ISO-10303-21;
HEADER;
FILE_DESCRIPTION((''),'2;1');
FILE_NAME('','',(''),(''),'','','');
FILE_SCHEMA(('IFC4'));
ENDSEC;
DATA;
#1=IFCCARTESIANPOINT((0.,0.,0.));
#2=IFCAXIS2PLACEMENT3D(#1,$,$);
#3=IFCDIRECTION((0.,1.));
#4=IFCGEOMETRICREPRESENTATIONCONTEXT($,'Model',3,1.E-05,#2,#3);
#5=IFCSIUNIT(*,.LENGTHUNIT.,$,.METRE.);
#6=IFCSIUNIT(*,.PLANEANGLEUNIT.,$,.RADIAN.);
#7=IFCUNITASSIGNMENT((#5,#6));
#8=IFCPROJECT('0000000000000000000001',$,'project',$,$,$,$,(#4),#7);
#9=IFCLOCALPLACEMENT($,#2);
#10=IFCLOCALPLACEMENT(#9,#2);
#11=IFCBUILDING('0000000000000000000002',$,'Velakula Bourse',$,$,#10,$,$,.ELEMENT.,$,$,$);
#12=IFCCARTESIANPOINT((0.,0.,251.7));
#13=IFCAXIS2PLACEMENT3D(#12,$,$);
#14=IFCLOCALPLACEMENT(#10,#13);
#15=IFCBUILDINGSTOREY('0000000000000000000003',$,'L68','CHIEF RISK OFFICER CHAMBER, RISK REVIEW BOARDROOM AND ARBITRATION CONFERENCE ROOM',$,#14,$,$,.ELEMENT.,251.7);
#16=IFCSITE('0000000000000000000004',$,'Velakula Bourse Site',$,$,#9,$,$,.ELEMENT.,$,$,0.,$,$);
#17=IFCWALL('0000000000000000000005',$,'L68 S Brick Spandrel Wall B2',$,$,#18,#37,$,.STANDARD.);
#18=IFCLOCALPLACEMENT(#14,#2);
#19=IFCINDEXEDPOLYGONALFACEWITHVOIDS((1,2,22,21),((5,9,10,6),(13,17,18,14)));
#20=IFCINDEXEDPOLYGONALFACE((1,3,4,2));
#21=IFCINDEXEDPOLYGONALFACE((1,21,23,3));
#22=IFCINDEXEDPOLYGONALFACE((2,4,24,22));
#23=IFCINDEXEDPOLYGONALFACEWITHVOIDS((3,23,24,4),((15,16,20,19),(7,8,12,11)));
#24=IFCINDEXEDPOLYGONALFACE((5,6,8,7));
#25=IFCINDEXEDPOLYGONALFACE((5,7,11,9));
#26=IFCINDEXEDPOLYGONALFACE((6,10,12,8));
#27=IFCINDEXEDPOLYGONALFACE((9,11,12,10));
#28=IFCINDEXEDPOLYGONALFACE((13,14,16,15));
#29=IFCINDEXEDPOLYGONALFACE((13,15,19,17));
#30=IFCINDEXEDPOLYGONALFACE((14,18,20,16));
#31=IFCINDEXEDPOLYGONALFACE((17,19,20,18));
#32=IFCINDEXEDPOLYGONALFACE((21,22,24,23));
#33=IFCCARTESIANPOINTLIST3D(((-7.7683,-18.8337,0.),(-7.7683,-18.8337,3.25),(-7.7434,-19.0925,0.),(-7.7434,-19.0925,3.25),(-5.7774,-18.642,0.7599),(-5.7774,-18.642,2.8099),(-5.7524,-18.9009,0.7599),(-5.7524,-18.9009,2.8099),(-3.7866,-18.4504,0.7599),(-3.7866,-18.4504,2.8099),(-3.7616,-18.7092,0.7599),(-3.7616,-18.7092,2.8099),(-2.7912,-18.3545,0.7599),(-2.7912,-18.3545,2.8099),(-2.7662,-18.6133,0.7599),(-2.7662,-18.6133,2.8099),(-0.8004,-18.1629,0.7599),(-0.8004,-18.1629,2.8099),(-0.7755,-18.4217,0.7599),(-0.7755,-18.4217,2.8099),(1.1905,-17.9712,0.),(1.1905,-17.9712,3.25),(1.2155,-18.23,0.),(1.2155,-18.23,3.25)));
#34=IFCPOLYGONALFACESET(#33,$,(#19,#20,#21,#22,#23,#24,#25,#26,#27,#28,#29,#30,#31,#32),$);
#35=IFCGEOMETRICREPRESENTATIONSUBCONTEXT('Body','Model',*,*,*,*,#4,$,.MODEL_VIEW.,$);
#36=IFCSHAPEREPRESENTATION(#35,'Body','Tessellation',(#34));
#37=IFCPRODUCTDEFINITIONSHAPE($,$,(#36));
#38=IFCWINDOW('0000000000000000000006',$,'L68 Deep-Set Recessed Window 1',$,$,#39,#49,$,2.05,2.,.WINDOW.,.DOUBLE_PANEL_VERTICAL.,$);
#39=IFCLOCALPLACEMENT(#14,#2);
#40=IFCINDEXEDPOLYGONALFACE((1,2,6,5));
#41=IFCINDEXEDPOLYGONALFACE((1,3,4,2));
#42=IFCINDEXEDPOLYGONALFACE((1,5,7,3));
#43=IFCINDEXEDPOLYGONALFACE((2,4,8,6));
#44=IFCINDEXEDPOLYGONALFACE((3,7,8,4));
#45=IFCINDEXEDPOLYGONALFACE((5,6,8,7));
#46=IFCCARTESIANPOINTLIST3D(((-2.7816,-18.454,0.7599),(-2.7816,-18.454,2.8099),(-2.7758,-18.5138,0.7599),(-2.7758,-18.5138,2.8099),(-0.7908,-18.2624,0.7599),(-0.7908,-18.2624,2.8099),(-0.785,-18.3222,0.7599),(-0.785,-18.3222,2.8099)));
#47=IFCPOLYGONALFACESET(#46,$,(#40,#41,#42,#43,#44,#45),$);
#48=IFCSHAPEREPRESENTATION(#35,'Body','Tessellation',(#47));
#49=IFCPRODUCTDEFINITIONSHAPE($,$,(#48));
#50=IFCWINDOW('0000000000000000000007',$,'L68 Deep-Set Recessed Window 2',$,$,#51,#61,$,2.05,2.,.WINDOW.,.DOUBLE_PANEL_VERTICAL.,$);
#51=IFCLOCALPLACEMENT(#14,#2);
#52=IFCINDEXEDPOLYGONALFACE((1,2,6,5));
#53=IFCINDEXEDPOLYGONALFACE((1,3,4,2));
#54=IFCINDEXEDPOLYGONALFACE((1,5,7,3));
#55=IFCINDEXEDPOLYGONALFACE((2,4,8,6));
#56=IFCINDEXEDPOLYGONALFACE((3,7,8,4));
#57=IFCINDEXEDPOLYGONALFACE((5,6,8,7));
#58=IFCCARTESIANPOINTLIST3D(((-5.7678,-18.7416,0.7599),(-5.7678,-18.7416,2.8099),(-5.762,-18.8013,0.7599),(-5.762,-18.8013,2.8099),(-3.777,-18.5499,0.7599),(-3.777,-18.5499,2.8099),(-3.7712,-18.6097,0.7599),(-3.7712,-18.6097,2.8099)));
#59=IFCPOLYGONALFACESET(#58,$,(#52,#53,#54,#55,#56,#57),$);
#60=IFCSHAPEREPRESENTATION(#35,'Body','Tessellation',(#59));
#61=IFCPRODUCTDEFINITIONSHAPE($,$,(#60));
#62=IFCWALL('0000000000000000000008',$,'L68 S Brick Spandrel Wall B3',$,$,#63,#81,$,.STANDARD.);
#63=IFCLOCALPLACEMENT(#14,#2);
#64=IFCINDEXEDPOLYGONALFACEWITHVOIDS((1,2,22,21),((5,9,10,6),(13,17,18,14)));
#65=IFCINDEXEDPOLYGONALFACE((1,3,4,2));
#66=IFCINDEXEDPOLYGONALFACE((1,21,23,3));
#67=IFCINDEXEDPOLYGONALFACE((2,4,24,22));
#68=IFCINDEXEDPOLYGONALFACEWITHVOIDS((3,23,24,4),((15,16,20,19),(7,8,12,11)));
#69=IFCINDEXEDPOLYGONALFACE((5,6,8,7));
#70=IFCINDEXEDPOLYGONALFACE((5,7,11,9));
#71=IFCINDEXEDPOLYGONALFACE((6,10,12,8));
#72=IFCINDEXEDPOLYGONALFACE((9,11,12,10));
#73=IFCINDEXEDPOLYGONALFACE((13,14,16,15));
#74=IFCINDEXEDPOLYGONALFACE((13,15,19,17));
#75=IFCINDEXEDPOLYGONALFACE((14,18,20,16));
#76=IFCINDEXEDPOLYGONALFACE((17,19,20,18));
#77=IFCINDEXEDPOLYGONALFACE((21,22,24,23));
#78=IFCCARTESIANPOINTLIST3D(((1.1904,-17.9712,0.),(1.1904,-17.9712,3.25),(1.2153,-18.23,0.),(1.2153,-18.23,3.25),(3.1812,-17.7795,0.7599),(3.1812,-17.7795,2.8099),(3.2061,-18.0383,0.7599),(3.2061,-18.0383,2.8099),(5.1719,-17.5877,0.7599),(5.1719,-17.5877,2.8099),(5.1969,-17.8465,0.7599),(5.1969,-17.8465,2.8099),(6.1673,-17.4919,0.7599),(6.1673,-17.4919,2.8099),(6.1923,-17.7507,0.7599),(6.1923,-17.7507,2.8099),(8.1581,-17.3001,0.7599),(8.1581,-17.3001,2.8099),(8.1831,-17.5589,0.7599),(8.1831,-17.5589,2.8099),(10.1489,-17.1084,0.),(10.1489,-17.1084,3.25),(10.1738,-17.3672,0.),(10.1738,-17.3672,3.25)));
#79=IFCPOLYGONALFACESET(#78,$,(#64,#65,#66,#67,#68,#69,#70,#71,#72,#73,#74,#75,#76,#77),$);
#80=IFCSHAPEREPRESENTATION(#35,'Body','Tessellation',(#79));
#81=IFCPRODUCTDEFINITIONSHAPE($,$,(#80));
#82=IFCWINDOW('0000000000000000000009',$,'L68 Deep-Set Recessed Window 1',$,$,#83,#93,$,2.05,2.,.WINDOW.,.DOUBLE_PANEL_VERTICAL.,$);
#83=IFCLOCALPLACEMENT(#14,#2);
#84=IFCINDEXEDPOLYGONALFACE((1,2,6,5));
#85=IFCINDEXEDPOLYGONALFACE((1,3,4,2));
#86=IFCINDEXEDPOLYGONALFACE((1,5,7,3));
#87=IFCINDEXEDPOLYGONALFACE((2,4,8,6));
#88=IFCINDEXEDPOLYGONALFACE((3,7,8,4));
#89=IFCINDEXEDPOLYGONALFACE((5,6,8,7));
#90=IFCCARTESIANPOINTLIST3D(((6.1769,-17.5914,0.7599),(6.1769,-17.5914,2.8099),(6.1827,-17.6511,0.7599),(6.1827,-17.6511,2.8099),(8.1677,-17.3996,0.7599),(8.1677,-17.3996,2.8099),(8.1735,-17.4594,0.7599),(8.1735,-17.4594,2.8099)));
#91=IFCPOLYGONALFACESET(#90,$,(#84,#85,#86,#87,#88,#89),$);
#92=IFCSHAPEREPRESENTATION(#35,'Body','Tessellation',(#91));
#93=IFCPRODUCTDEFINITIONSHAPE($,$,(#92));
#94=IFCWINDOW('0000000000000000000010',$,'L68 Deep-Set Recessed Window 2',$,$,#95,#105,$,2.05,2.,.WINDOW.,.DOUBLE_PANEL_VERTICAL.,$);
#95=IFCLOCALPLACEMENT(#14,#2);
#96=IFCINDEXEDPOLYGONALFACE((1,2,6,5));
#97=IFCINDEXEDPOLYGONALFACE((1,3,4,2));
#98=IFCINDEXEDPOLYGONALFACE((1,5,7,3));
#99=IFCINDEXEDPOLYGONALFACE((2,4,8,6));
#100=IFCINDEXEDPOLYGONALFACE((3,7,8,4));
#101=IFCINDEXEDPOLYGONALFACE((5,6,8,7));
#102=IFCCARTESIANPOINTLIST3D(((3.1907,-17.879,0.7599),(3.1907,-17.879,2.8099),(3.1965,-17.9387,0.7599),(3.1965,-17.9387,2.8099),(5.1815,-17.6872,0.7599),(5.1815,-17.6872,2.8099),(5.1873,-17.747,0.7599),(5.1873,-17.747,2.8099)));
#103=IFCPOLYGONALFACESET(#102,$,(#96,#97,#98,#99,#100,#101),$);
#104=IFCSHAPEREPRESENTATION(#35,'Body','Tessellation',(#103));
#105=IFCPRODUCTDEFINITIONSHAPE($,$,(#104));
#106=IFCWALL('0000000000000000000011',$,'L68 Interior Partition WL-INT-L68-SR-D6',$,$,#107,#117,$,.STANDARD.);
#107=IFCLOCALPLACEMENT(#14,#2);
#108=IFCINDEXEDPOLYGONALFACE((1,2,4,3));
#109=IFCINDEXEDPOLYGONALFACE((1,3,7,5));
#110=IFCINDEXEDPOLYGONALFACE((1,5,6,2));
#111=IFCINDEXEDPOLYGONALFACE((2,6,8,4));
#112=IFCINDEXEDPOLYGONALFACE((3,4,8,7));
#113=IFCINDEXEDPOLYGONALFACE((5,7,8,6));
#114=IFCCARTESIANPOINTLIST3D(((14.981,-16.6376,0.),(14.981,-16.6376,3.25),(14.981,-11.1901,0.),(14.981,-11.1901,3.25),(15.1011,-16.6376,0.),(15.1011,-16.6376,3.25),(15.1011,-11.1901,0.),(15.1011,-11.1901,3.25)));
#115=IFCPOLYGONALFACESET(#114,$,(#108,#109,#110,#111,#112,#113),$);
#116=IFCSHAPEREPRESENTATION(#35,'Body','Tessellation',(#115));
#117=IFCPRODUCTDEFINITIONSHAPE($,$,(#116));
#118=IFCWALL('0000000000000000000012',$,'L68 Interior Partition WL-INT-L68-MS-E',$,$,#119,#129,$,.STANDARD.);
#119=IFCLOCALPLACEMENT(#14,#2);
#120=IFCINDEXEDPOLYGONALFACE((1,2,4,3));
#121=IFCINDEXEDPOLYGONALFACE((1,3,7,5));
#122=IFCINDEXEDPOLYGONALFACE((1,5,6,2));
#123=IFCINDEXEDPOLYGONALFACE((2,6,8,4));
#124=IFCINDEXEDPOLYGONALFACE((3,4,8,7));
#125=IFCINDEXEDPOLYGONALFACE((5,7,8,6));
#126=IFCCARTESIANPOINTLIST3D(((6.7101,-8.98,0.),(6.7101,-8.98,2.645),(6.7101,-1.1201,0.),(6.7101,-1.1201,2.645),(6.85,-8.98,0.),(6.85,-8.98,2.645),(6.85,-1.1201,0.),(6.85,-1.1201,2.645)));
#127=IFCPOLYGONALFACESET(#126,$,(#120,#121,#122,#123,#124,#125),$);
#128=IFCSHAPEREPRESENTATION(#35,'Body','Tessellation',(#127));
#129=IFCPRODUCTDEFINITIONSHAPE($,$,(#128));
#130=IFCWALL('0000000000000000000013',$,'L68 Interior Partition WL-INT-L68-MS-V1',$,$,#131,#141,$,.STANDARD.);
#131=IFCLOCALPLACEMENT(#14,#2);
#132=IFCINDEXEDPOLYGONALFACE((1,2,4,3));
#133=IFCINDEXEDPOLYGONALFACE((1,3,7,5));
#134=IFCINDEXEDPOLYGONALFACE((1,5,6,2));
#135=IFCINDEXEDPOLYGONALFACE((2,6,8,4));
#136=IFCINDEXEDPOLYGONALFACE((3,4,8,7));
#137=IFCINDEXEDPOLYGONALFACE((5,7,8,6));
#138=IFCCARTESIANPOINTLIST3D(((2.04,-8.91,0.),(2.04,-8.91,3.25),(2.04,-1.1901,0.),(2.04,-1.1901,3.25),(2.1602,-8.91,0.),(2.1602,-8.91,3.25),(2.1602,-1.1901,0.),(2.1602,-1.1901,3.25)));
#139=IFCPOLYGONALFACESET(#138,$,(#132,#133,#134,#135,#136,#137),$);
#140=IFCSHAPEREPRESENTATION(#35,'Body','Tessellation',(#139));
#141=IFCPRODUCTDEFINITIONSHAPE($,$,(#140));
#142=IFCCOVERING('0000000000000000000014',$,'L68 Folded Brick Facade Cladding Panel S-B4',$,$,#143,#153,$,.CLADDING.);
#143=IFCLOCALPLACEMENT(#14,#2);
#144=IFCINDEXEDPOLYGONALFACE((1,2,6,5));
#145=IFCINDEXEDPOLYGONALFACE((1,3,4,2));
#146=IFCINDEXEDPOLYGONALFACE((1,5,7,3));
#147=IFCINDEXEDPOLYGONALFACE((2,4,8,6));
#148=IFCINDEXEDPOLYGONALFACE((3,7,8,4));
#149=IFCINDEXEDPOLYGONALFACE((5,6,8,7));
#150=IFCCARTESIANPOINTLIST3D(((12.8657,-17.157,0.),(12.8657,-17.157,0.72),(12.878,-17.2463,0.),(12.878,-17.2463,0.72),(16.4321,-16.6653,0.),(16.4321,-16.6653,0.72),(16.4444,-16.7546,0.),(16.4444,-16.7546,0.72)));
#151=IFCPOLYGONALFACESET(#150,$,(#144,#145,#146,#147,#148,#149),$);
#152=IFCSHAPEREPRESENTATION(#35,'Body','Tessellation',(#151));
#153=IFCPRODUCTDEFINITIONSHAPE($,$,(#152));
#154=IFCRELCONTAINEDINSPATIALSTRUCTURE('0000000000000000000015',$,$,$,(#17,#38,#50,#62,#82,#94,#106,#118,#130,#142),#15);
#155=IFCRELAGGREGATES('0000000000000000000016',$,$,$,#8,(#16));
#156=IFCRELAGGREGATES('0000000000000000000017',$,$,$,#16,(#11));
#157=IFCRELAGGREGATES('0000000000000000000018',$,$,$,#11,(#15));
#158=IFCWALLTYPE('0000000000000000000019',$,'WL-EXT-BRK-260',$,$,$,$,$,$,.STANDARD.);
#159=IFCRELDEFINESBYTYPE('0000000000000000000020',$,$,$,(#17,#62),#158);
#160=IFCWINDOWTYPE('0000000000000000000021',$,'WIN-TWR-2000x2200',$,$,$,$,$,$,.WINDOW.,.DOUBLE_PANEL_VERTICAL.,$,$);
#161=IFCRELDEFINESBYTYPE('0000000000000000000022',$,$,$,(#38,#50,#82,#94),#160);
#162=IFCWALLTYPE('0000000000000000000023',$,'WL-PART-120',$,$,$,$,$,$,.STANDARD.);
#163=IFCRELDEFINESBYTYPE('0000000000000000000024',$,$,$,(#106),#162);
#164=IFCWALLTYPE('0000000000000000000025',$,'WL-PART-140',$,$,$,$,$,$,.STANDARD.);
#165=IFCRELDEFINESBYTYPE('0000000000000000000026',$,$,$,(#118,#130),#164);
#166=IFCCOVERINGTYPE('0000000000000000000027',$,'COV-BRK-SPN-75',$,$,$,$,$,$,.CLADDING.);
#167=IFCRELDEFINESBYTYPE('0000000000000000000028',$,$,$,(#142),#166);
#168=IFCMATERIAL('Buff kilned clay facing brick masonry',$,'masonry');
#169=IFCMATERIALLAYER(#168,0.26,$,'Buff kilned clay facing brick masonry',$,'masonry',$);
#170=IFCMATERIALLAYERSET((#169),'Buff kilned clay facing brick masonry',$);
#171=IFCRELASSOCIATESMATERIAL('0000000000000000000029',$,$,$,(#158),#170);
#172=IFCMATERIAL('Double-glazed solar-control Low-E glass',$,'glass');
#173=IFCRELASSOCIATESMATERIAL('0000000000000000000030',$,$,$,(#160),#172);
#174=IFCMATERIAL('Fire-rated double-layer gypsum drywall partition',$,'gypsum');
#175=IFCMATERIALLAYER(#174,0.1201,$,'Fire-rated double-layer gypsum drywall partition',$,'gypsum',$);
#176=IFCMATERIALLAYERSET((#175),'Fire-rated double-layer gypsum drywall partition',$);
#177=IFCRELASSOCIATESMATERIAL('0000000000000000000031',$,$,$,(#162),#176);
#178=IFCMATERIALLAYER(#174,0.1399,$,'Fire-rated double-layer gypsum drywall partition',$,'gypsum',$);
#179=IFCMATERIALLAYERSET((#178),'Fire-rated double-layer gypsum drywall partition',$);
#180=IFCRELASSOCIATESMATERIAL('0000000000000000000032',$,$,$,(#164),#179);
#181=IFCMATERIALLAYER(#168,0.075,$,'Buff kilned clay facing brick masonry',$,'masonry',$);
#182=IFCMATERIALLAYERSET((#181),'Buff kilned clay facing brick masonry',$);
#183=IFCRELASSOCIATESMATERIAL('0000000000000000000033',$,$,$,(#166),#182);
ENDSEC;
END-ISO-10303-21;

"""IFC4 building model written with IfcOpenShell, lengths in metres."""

from ifc_helpers import new_model, si_unit, direction, frame, frame_2d, origin, origin_2d, place, context, subcontext, project, spatial, rectangle, extrude, material, layer, layer_set, type_object, element, fill, save


model = new_model("IFC4")

# Units and contexts
model_context = context("Model", 3, precision=1e-05, world=origin(), true_north=direction((0.0, 1.0)))
body_context = subcontext(model_context, "Body", "Model", "MODEL_VIEW")
ifc_project = project(units=[si_unit("LENGTHUNIT", "METRE"), si_unit("PLANEANGLEUNIT", "RADIAN")], contexts=[model_context])

# Site, building, storey
site_placement = place(None, origin())
site = spatial("IfcSite", under=ifc_project, at=site_placement, Name="Velakula Bourse Site", CompositionType="ELEMENT", RefElevation=0.0)
building_placement = place(site_placement, origin())
building = spatial("IfcBuilding", under=site, at=building_placement, Name="Velakula Bourse", CompositionType="ELEMENT")
storey_placement = place(building_placement, frame((0.0, 0.0, 251.7)))
storey = spatial("IfcBuildingStorey", under=building, at=storey_placement, Name="L68", Description="CHIEF RISK OFFICER CHAMBER, RISK REVIEW BOARDROOM AND ARBITRATION CONFERENCE ROOM", CompositionType="ELEMENT", Elevation=251.7)

# Walls, openings, windows
ifc_material_1 = material(Name="Buff kilned clay facing brick masonry", Category="masonry")
ifc_layer_1 = layer(ifc_material_1, 0.26, Name="Buff kilned clay facing brick masonry", Category="masonry")
ifc_layer_set_1 = layer_set([ifc_layer_1], Name="Buff kilned clay facing brick masonry")
wall_type_1 = type_object("IfcWallType", Name="WL-EXT-BRK-260", PredefinedType="STANDARD", material=ifc_layer_set_1)
wall_1_placement = place(storey_placement, frame((1.2029, -18.1006, 0.0), z_axis=(0.0, 0.0, 1.0), x_axis=(-0.995397, -0.095837, 0.0)))
wall_1 = element("IfcWall", 1, at=wall_1_placement, inside=storey, type_object=wall_type_1, Name="L68 S Brick Spandrel Wall B2", PredefinedType="STANDARD", context=body_context, shape_type="SweptSolid", body=[
    extrude(rectangle(XDim=9.0002, YDim=0.26, at=frame_2d((4.5, 0.0))), origin(), (0.0, 0.0, 1.0), 3.25),
])
opening_1_placement = place(wall_1_placement, frame((2.0, 0.0, 0.76)))
opening_1 = element("IfcOpeningElement", 2, at=opening_1_placement, cuts=wall_1, PredefinedType="OPENING", context=body_context, shape_type="SweptSolid", body=[
    extrude(rectangle(XDim=2.0, YDim=2.05, at=frame_2d((1.0, 1.0249))), frame((0.0, 0.1399, 0.0), z_axis=(0.0, -1.0, 0.0), x_axis=(1.0, 0.0, 0.0)), (0.0, 0.0, 1.0), 0.28),
])
opening_2_placement = place(wall_1_placement, frame((5.0, 0.0, 0.76)))
opening_2 = element("IfcOpeningElement", 3, at=opening_2_placement, cuts=wall_1, PredefinedType="OPENING", context=body_context, shape_type="SweptSolid", body=[
    extrude(rectangle(XDim=2.0, YDim=2.05, at=frame_2d((1.0, 1.0249))), frame((0.0, 0.1399, 0.0), z_axis=(0.0, -1.0, 0.0), x_axis=(1.0, 0.0, 0.0)), (0.0, 0.0, 1.0), 0.28),
])
ifc_material_2 = material(Name="Double-glazed solar-control Low-E glass", Category="glass")
window_type = type_object("IfcWindowType", Name="WIN-TWR-2000x2200", PartitioningType="DOUBLE_PANEL_VERTICAL", PredefinedType="WINDOW", material=ifc_material_2)
window_1_placement = place(opening_1_placement, origin())
window_1 = element("IfcWindow", 4, at=window_1_placement, inside=storey, type_object=window_type, Name="L68 Deep-Set Recessed Window 1", OverallHeight=2.05, OverallWidth=2.0, PartitioningType="DOUBLE_PANEL_VERTICAL", PredefinedType="WINDOW", context=body_context, shape_type="SweptSolid", body=[
    extrude(rectangle(XDim=2.0, YDim=2.05, at=frame_2d((1.0, 1.0249))), frame((0.0, 0.03, 0.0), z_axis=(0.0, -1.0, 0.0), x_axis=(1.0, 0.0, 0.0)), (0.0, 0.0, 1.0), 0.0601),
])
fill(opening_1, window_1)
window_2_placement = place(opening_2_placement, origin())
window_2 = element("IfcWindow", 5, at=window_2_placement, inside=storey, type_object=window_type, Name="L68 Deep-Set Recessed Window 2", OverallHeight=2.05, OverallWidth=2.0, PartitioningType="DOUBLE_PANEL_VERTICAL", PredefinedType="WINDOW", context=body_context, shape_type="SweptSolid", body=[
    extrude(rectangle(XDim=2.0, YDim=2.05, at=frame_2d((1.0, 1.0249))), frame((0.0, 0.03, 0.0), z_axis=(0.0, -1.0, 0.0), x_axis=(1.0, 0.0, 0.0)), (0.0, 0.0, 1.0), 0.0601),
])
fill(opening_2, window_2)
wall_2_placement = place(storey_placement, frame((10.1614, -17.2378, 0.0), z_axis=(0.0, 0.0, 1.0), x_axis=(-0.995394, -0.095866, 0.0)))
wall_2 = element("IfcWall", 6, at=wall_2_placement, inside=storey, type_object=wall_type_1, Name="L68 S Brick Spandrel Wall B3", PredefinedType="STANDARD", context=body_context, shape_type="SweptSolid", body=[
    extrude(rectangle(XDim=9.0, YDim=0.26, at=frame_2d((4.5, 0.0))), origin(), (0.0, 0.0, 1.0), 3.25),
])
opening_3_placement = place(wall_2_placement, frame((2.0, 0.0, 0.76)))
opening_3 = element("IfcOpeningElement", 7, at=opening_3_placement, cuts=wall_2, PredefinedType="OPENING", context=body_context, shape_type="SweptSolid", body=[
    extrude(rectangle(XDim=2.0, YDim=2.05, at=frame_2d((1.0, 1.0249))), frame((0.0, 0.1399, 0.0), z_axis=(0.0, -1.0, 0.0), x_axis=(1.0, 0.0, 0.0)), (0.0, 0.0, 1.0), 0.28),
])
opening_4_placement = place(wall_2_placement, frame((5.0, 0.0, 0.76)))
opening_4 = element("IfcOpeningElement", 8, at=opening_4_placement, cuts=wall_2, PredefinedType="OPENING", context=body_context, shape_type="SweptSolid", body=[
    extrude(rectangle(XDim=2.0, YDim=2.05, at=frame_2d((1.0, 1.0249))), frame((0.0, 0.1399, 0.0), z_axis=(0.0, -1.0, 0.0), x_axis=(1.0, 0.0, 0.0)), (0.0, 0.0, 1.0), 0.28),
])
window_3_placement = place(opening_3_placement, origin())
window_3 = element("IfcWindow", 9, at=window_3_placement, inside=storey, type_object=window_type, Name="L68 Deep-Set Recessed Window 1", OverallHeight=2.05, OverallWidth=2.0, PartitioningType="DOUBLE_PANEL_VERTICAL", PredefinedType="WINDOW", context=body_context, shape_type="SweptSolid", body=[
    extrude(rectangle(XDim=2.0, YDim=2.05, at=frame_2d((1.0, 1.0249))), frame((0.0, 0.03, 0.0), z_axis=(0.0, -1.0, 0.0), x_axis=(1.0, 0.0, 0.0)), (0.0, 0.0, 1.0), 0.0601),
])
fill(opening_3, window_3)
window_4_placement = place(opening_4_placement, origin())
window_4 = element("IfcWindow", 10, at=window_4_placement, inside=storey, type_object=window_type, Name="L68 Deep-Set Recessed Window 2", OverallHeight=2.05, OverallWidth=2.0, PartitioningType="DOUBLE_PANEL_VERTICAL", PredefinedType="WINDOW", context=body_context, shape_type="SweptSolid", body=[
    extrude(rectangle(XDim=2.0, YDim=2.05, at=frame_2d((1.0, 1.0249))), frame((0.0, 0.03, 0.0), z_axis=(0.0, -1.0, 0.0), x_axis=(1.0, 0.0, 0.0)), (0.0, 0.0, 1.0), 0.0601),
])
fill(opening_4, window_4)

# Walls
ifc_material_3 = material(Name="Fire-rated double-layer gypsum drywall partition", Category="gypsum")
ifc_layer_2 = layer(ifc_material_3, 0.1201, Name="Fire-rated double-layer gypsum drywall partition", Category="gypsum")
ifc_layer_set_2 = layer_set([ifc_layer_2], Name="Fire-rated double-layer gypsum drywall partition")
wall_type_2 = type_object("IfcWallType", Name="WL-PART-120", PredefinedType="STANDARD", material=ifc_layer_set_2)
wall_3_placement = place(storey_placement, frame((15.041, -16.6375, 0.0), z_axis=(0.0, 0.0, 1.0), x_axis=(0.0, 1.0, 0.0)))
element("IfcWall", 11, at=wall_3_placement, inside=storey, type_object=wall_type_2, Name="L68 Interior Partition WL-INT-L68-SR-D6", PredefinedType="STANDARD", context=body_context, shape_type="SweptSolid", body=[
    extrude(rectangle(XDim=5.4475, YDim=0.1201, at=frame_2d((2.7236, 0.0))), origin(), (0.0, 0.0, 1.0), 3.25),
])
ifc_layer_3 = layer(ifc_material_3, 0.1399, Name="Fire-rated double-layer gypsum drywall partition", Category="gypsum")
ifc_layer_set_3 = layer_set([ifc_layer_3], Name="Fire-rated double-layer gypsum drywall partition")
wall_type_3 = type_object("IfcWallType", Name="WL-PART-140", PredefinedType="STANDARD", material=ifc_layer_set_3)
wall_4_placement = place(storey_placement, frame((6.78, -8.98, 0.0), z_axis=(0.0, 0.0, 1.0), x_axis=(0.0, 1.0, 0.0)))
element("IfcWall", 12, at=wall_4_placement, inside=storey, type_object=wall_type_3, Name="L68 Interior Partition WL-INT-L68-MS-E", PredefinedType="STANDARD", context=body_context, shape_type="SweptSolid", body=[
    extrude(rectangle(XDim=7.8599, YDim=0.1399, at=frame_2d((3.9299, 0.0))), origin(), (0.0, 0.0, 1.0), 2.645),
])
wall_5_placement = place(storey_placement, frame((2.1001, -8.9099, 0.0), z_axis=(0.0, 0.0, 1.0), x_axis=(0.0, 1.0, 0.0)))
element("IfcWall", 13, at=wall_5_placement, inside=storey, type_object=wall_type_3, Name="L68 Interior Partition WL-INT-L68-MS-V1", PredefinedType="STANDARD", context=body_context, shape_type="SweptSolid", body=[
    extrude(rectangle(XDim=7.72, YDim=0.1201, at=frame_2d((3.8599, 0.0))), origin(), (0.0, 0.0, 1.0), 3.25),
])

# Covering
ifc_layer_4 = layer(ifc_material_1, 0.075, Name="Buff kilned clay facing brick masonry", Category="masonry")
ifc_layer_set_4 = layer_set([ifc_layer_4], Name="Buff kilned clay facing brick masonry")
covering_type = type_object("IfcCoveringType", Name="COV-BRK-SPN-75", PredefinedType="CLADDING", material=ifc_layer_set_4)
covering_placement = place(storey_placement, frame((14.655, -16.9558, 0.0), z_axis=(0.0, 0.0, 1.0), x_axis=(0.990629, 0.13658, 0.0)))
element("IfcCovering", 14, at=covering_placement, inside=storey, type_object=covering_type, Name="L68 Folded Brick Facade Cladding Panel S-B4", PredefinedType="CLADDING", context=body_context, shape_type="SweptSolid", body=[
    extrude(rectangle(XDim=3.6001, YDim=0.0901, at=origin_2d()), origin(), (0.0, 0.0, 1.0), 0.72),
])

save(model, "model.ifc")
